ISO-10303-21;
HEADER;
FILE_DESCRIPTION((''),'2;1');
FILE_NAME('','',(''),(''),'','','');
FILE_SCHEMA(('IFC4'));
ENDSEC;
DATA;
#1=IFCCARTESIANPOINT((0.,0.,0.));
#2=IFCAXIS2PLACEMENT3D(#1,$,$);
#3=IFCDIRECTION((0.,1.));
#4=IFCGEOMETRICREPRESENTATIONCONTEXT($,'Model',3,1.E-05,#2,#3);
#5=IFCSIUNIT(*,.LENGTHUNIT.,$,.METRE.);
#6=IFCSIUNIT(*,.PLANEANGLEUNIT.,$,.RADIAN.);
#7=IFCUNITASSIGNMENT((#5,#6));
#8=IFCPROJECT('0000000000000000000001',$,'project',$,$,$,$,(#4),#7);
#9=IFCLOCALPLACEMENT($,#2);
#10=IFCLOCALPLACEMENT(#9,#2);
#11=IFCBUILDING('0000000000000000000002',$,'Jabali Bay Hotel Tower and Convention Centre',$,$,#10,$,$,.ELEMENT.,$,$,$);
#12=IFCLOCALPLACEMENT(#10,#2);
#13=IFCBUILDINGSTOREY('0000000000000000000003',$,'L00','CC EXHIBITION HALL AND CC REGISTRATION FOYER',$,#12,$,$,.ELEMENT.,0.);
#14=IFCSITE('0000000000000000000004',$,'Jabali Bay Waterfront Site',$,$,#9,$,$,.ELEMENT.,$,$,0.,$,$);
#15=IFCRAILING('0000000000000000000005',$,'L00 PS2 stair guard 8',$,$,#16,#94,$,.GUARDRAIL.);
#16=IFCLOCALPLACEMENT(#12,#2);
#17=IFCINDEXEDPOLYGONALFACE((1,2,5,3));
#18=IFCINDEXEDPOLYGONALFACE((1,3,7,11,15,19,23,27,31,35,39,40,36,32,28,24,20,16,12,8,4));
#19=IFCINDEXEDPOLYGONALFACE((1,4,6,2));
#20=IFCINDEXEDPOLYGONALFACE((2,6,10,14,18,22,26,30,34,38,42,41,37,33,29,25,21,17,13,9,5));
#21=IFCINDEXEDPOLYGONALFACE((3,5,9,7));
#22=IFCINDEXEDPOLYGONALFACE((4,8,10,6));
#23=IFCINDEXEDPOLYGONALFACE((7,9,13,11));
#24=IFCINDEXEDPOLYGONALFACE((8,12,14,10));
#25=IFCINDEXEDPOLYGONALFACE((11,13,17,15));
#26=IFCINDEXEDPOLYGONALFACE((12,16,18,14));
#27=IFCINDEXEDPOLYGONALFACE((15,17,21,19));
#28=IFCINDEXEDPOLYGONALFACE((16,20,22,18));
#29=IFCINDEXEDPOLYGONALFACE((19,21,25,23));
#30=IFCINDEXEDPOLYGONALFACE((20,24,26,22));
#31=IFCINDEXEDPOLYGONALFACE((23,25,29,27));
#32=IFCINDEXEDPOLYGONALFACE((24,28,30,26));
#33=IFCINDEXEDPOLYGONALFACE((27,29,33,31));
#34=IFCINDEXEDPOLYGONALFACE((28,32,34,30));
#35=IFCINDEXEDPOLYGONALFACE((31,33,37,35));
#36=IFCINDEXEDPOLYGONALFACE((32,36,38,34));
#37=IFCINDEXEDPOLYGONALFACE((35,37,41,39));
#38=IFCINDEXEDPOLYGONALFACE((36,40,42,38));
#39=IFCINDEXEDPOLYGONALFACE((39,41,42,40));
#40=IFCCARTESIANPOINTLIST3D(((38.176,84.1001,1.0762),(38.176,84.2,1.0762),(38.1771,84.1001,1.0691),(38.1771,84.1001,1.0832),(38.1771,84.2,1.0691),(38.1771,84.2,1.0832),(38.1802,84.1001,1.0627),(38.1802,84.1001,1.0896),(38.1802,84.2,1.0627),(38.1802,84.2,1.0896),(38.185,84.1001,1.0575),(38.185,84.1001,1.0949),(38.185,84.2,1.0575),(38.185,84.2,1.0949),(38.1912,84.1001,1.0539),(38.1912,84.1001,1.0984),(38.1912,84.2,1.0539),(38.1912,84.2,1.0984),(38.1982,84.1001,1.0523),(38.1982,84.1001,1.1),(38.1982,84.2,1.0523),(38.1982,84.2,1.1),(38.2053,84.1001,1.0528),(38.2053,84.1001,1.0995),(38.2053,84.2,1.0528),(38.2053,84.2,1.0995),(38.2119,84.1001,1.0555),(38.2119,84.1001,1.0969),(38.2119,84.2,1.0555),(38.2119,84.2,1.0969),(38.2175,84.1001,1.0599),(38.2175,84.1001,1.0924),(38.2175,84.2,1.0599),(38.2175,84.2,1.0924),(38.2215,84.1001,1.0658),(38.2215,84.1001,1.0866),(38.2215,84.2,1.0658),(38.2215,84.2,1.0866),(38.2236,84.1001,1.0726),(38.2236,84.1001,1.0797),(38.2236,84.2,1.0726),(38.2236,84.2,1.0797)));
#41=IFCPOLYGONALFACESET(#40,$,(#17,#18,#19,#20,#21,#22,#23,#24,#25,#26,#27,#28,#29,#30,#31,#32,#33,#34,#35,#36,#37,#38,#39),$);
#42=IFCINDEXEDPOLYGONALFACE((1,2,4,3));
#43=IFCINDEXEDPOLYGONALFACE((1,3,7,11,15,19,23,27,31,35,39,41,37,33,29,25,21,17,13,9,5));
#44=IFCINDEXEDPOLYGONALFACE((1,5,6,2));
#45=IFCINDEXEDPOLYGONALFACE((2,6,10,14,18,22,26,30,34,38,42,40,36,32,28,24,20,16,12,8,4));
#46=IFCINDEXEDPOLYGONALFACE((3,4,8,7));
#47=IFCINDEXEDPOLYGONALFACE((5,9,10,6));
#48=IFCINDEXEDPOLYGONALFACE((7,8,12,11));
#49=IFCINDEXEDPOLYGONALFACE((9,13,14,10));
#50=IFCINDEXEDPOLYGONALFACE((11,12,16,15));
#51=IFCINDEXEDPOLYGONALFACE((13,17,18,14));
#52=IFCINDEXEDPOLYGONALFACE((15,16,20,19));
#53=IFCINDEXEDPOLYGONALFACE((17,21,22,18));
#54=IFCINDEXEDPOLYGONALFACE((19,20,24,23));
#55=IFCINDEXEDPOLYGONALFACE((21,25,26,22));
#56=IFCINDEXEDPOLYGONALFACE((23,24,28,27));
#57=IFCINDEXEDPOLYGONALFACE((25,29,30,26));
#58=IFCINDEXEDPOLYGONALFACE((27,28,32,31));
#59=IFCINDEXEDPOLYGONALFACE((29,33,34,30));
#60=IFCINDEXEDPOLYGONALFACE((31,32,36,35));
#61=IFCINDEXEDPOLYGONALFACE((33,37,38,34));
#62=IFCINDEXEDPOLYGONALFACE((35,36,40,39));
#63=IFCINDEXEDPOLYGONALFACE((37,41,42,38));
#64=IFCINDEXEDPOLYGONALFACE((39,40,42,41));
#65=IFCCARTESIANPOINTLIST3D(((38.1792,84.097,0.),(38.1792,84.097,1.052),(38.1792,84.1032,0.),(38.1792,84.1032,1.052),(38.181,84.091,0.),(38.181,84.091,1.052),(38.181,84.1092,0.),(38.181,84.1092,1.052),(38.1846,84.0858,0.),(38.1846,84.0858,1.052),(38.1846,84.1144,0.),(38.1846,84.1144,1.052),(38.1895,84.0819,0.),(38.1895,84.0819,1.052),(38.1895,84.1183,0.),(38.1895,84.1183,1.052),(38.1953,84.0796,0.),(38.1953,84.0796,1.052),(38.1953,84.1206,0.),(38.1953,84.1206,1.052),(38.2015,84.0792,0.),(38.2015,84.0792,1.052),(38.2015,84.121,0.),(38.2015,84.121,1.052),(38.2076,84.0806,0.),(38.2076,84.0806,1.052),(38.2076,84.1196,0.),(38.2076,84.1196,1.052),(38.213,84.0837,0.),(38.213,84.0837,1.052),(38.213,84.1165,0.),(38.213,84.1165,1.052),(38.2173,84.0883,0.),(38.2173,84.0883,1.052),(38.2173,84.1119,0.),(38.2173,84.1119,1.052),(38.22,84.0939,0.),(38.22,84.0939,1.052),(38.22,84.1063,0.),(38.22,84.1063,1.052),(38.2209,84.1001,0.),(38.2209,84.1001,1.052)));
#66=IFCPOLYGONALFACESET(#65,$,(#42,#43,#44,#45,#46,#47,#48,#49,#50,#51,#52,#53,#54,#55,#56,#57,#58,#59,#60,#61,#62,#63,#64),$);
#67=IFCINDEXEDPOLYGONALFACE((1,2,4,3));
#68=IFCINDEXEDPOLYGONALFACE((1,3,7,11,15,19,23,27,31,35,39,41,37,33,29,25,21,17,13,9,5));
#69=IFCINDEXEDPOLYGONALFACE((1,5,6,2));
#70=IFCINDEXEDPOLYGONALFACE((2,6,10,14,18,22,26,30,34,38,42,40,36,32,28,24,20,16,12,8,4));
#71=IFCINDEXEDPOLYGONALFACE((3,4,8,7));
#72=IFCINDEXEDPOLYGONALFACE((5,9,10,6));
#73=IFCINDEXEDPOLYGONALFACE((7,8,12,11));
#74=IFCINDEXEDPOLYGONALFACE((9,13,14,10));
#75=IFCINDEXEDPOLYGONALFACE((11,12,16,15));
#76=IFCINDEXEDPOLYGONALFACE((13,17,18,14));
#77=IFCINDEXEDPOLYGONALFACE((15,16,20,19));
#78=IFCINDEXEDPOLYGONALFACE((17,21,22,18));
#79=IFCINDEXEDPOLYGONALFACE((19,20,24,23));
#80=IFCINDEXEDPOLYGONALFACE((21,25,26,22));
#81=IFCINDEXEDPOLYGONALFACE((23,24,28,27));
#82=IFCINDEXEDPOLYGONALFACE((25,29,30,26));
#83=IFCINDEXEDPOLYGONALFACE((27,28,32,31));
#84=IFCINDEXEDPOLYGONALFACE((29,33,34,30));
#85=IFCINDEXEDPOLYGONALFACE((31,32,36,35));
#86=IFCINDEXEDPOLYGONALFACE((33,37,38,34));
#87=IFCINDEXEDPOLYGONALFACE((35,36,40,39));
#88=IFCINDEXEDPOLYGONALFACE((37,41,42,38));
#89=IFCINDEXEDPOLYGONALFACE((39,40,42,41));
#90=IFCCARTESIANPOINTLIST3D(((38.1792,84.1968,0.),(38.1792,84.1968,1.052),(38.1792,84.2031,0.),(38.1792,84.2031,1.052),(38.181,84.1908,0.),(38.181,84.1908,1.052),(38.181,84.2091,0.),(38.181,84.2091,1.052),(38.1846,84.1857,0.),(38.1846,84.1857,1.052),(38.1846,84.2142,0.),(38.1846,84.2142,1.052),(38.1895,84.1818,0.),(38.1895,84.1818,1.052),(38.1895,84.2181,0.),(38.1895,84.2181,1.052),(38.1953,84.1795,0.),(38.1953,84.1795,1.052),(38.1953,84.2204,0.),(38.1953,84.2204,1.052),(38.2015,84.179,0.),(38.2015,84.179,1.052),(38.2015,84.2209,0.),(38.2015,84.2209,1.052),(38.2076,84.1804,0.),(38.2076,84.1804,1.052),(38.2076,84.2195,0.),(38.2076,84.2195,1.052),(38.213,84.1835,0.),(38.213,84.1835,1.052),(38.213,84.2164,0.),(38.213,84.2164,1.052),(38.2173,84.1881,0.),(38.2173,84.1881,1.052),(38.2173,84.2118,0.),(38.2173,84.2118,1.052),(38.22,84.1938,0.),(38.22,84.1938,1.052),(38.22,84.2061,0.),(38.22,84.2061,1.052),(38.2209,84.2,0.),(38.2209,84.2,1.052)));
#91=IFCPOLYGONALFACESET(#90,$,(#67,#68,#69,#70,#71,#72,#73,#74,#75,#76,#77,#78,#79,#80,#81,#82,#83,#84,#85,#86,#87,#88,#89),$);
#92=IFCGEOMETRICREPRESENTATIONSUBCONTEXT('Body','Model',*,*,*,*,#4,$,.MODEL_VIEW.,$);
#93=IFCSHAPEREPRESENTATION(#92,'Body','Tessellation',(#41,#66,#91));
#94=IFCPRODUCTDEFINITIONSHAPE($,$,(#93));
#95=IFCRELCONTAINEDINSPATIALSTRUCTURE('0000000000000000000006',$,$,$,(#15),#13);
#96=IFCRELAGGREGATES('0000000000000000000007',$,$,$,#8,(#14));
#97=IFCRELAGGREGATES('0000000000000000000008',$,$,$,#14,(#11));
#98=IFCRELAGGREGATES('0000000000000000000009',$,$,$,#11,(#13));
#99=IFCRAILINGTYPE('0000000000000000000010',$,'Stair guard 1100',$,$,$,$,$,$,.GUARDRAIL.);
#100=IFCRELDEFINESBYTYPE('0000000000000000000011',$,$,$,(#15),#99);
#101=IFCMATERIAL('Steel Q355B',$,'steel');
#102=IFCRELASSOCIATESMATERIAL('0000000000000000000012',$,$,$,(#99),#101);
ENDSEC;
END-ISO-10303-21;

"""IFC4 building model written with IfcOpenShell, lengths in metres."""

from ifc_helpers import new_model, si_unit, direction, frame, origin, origin_2d, place, context, subcontext, project, spatial, circle, extrude, material, type_object, element, save


model = new_model("IFC4")

# Units and contexts
model_context = context("Model", 3, precision=1e-05, world=origin(), true_north=direction((0.0, 1.0)))
body_context = subcontext(model_context, "Body", "Model", "MODEL_VIEW")
ifc_project = project(units=[si_unit("LENGTHUNIT", "METRE"), si_unit("PLANEANGLEUNIT", "RADIAN")], contexts=[model_context])

# Site, building, storey
site_placement = place(None, origin())
site = spatial("IfcSite", under=ifc_project, at=site_placement, Name="Jabali Bay Waterfront Site", CompositionType="ELEMENT", RefElevation=0.0)
building_placement = place(site_placement, origin())
building = spatial("IfcBuilding", under=site, at=building_placement, Name="Jabali Bay Hotel Tower and Convention Centre", CompositionType="ELEMENT")
storey_placement = place(building_placement, origin())
storey = spatial("IfcBuildingStorey", under=building, at=storey_placement, Name="L00", Description="CC EXHIBITION HALL AND CC REGISTRATION FOYER", CompositionType="ELEMENT", Elevation=0.0)

# Railing
ifc_material_1 = material(Name="Steel Q355B", Category="steel")
railing_type_1 = type_object("IfcRailingType", Name="Stair guard 1100", PredefinedType="GUARDRAIL", material=ifc_material_1)
railing_1_placement = place(storey_placement, frame((38.2, 84.1001, 0.0)))
element("IfcRailing", 1, at=railing_1_placement, inside=storey, type_object=railing_type_1, Name="L00 PS2 stair guard 8", PredefinedType="GUARDRAIL", context=body_context, shape_type="SweptSolid", body=[
    extrude(circle(Radius=0.0239, at=origin_2d()), frame((0.0, 0.0, 1.0762), z_axis=(0.0, 1.0, 0.0), x_axis=(-1.0, 0.0, 0.0)), (0.0, 0.0, 1.0), 0.0999),
    extrude(circle(Radius=0.021, at=origin_2d()), origin(), (0.0, 0.0, 1.0), 1.052),
    extrude(circle(Radius=0.021, at=origin_2d()), frame((0.0, 0.0999, 0.0)), (0.0, 0.0, 1.0), 1.052),
])

save(model, "model.ifc")
